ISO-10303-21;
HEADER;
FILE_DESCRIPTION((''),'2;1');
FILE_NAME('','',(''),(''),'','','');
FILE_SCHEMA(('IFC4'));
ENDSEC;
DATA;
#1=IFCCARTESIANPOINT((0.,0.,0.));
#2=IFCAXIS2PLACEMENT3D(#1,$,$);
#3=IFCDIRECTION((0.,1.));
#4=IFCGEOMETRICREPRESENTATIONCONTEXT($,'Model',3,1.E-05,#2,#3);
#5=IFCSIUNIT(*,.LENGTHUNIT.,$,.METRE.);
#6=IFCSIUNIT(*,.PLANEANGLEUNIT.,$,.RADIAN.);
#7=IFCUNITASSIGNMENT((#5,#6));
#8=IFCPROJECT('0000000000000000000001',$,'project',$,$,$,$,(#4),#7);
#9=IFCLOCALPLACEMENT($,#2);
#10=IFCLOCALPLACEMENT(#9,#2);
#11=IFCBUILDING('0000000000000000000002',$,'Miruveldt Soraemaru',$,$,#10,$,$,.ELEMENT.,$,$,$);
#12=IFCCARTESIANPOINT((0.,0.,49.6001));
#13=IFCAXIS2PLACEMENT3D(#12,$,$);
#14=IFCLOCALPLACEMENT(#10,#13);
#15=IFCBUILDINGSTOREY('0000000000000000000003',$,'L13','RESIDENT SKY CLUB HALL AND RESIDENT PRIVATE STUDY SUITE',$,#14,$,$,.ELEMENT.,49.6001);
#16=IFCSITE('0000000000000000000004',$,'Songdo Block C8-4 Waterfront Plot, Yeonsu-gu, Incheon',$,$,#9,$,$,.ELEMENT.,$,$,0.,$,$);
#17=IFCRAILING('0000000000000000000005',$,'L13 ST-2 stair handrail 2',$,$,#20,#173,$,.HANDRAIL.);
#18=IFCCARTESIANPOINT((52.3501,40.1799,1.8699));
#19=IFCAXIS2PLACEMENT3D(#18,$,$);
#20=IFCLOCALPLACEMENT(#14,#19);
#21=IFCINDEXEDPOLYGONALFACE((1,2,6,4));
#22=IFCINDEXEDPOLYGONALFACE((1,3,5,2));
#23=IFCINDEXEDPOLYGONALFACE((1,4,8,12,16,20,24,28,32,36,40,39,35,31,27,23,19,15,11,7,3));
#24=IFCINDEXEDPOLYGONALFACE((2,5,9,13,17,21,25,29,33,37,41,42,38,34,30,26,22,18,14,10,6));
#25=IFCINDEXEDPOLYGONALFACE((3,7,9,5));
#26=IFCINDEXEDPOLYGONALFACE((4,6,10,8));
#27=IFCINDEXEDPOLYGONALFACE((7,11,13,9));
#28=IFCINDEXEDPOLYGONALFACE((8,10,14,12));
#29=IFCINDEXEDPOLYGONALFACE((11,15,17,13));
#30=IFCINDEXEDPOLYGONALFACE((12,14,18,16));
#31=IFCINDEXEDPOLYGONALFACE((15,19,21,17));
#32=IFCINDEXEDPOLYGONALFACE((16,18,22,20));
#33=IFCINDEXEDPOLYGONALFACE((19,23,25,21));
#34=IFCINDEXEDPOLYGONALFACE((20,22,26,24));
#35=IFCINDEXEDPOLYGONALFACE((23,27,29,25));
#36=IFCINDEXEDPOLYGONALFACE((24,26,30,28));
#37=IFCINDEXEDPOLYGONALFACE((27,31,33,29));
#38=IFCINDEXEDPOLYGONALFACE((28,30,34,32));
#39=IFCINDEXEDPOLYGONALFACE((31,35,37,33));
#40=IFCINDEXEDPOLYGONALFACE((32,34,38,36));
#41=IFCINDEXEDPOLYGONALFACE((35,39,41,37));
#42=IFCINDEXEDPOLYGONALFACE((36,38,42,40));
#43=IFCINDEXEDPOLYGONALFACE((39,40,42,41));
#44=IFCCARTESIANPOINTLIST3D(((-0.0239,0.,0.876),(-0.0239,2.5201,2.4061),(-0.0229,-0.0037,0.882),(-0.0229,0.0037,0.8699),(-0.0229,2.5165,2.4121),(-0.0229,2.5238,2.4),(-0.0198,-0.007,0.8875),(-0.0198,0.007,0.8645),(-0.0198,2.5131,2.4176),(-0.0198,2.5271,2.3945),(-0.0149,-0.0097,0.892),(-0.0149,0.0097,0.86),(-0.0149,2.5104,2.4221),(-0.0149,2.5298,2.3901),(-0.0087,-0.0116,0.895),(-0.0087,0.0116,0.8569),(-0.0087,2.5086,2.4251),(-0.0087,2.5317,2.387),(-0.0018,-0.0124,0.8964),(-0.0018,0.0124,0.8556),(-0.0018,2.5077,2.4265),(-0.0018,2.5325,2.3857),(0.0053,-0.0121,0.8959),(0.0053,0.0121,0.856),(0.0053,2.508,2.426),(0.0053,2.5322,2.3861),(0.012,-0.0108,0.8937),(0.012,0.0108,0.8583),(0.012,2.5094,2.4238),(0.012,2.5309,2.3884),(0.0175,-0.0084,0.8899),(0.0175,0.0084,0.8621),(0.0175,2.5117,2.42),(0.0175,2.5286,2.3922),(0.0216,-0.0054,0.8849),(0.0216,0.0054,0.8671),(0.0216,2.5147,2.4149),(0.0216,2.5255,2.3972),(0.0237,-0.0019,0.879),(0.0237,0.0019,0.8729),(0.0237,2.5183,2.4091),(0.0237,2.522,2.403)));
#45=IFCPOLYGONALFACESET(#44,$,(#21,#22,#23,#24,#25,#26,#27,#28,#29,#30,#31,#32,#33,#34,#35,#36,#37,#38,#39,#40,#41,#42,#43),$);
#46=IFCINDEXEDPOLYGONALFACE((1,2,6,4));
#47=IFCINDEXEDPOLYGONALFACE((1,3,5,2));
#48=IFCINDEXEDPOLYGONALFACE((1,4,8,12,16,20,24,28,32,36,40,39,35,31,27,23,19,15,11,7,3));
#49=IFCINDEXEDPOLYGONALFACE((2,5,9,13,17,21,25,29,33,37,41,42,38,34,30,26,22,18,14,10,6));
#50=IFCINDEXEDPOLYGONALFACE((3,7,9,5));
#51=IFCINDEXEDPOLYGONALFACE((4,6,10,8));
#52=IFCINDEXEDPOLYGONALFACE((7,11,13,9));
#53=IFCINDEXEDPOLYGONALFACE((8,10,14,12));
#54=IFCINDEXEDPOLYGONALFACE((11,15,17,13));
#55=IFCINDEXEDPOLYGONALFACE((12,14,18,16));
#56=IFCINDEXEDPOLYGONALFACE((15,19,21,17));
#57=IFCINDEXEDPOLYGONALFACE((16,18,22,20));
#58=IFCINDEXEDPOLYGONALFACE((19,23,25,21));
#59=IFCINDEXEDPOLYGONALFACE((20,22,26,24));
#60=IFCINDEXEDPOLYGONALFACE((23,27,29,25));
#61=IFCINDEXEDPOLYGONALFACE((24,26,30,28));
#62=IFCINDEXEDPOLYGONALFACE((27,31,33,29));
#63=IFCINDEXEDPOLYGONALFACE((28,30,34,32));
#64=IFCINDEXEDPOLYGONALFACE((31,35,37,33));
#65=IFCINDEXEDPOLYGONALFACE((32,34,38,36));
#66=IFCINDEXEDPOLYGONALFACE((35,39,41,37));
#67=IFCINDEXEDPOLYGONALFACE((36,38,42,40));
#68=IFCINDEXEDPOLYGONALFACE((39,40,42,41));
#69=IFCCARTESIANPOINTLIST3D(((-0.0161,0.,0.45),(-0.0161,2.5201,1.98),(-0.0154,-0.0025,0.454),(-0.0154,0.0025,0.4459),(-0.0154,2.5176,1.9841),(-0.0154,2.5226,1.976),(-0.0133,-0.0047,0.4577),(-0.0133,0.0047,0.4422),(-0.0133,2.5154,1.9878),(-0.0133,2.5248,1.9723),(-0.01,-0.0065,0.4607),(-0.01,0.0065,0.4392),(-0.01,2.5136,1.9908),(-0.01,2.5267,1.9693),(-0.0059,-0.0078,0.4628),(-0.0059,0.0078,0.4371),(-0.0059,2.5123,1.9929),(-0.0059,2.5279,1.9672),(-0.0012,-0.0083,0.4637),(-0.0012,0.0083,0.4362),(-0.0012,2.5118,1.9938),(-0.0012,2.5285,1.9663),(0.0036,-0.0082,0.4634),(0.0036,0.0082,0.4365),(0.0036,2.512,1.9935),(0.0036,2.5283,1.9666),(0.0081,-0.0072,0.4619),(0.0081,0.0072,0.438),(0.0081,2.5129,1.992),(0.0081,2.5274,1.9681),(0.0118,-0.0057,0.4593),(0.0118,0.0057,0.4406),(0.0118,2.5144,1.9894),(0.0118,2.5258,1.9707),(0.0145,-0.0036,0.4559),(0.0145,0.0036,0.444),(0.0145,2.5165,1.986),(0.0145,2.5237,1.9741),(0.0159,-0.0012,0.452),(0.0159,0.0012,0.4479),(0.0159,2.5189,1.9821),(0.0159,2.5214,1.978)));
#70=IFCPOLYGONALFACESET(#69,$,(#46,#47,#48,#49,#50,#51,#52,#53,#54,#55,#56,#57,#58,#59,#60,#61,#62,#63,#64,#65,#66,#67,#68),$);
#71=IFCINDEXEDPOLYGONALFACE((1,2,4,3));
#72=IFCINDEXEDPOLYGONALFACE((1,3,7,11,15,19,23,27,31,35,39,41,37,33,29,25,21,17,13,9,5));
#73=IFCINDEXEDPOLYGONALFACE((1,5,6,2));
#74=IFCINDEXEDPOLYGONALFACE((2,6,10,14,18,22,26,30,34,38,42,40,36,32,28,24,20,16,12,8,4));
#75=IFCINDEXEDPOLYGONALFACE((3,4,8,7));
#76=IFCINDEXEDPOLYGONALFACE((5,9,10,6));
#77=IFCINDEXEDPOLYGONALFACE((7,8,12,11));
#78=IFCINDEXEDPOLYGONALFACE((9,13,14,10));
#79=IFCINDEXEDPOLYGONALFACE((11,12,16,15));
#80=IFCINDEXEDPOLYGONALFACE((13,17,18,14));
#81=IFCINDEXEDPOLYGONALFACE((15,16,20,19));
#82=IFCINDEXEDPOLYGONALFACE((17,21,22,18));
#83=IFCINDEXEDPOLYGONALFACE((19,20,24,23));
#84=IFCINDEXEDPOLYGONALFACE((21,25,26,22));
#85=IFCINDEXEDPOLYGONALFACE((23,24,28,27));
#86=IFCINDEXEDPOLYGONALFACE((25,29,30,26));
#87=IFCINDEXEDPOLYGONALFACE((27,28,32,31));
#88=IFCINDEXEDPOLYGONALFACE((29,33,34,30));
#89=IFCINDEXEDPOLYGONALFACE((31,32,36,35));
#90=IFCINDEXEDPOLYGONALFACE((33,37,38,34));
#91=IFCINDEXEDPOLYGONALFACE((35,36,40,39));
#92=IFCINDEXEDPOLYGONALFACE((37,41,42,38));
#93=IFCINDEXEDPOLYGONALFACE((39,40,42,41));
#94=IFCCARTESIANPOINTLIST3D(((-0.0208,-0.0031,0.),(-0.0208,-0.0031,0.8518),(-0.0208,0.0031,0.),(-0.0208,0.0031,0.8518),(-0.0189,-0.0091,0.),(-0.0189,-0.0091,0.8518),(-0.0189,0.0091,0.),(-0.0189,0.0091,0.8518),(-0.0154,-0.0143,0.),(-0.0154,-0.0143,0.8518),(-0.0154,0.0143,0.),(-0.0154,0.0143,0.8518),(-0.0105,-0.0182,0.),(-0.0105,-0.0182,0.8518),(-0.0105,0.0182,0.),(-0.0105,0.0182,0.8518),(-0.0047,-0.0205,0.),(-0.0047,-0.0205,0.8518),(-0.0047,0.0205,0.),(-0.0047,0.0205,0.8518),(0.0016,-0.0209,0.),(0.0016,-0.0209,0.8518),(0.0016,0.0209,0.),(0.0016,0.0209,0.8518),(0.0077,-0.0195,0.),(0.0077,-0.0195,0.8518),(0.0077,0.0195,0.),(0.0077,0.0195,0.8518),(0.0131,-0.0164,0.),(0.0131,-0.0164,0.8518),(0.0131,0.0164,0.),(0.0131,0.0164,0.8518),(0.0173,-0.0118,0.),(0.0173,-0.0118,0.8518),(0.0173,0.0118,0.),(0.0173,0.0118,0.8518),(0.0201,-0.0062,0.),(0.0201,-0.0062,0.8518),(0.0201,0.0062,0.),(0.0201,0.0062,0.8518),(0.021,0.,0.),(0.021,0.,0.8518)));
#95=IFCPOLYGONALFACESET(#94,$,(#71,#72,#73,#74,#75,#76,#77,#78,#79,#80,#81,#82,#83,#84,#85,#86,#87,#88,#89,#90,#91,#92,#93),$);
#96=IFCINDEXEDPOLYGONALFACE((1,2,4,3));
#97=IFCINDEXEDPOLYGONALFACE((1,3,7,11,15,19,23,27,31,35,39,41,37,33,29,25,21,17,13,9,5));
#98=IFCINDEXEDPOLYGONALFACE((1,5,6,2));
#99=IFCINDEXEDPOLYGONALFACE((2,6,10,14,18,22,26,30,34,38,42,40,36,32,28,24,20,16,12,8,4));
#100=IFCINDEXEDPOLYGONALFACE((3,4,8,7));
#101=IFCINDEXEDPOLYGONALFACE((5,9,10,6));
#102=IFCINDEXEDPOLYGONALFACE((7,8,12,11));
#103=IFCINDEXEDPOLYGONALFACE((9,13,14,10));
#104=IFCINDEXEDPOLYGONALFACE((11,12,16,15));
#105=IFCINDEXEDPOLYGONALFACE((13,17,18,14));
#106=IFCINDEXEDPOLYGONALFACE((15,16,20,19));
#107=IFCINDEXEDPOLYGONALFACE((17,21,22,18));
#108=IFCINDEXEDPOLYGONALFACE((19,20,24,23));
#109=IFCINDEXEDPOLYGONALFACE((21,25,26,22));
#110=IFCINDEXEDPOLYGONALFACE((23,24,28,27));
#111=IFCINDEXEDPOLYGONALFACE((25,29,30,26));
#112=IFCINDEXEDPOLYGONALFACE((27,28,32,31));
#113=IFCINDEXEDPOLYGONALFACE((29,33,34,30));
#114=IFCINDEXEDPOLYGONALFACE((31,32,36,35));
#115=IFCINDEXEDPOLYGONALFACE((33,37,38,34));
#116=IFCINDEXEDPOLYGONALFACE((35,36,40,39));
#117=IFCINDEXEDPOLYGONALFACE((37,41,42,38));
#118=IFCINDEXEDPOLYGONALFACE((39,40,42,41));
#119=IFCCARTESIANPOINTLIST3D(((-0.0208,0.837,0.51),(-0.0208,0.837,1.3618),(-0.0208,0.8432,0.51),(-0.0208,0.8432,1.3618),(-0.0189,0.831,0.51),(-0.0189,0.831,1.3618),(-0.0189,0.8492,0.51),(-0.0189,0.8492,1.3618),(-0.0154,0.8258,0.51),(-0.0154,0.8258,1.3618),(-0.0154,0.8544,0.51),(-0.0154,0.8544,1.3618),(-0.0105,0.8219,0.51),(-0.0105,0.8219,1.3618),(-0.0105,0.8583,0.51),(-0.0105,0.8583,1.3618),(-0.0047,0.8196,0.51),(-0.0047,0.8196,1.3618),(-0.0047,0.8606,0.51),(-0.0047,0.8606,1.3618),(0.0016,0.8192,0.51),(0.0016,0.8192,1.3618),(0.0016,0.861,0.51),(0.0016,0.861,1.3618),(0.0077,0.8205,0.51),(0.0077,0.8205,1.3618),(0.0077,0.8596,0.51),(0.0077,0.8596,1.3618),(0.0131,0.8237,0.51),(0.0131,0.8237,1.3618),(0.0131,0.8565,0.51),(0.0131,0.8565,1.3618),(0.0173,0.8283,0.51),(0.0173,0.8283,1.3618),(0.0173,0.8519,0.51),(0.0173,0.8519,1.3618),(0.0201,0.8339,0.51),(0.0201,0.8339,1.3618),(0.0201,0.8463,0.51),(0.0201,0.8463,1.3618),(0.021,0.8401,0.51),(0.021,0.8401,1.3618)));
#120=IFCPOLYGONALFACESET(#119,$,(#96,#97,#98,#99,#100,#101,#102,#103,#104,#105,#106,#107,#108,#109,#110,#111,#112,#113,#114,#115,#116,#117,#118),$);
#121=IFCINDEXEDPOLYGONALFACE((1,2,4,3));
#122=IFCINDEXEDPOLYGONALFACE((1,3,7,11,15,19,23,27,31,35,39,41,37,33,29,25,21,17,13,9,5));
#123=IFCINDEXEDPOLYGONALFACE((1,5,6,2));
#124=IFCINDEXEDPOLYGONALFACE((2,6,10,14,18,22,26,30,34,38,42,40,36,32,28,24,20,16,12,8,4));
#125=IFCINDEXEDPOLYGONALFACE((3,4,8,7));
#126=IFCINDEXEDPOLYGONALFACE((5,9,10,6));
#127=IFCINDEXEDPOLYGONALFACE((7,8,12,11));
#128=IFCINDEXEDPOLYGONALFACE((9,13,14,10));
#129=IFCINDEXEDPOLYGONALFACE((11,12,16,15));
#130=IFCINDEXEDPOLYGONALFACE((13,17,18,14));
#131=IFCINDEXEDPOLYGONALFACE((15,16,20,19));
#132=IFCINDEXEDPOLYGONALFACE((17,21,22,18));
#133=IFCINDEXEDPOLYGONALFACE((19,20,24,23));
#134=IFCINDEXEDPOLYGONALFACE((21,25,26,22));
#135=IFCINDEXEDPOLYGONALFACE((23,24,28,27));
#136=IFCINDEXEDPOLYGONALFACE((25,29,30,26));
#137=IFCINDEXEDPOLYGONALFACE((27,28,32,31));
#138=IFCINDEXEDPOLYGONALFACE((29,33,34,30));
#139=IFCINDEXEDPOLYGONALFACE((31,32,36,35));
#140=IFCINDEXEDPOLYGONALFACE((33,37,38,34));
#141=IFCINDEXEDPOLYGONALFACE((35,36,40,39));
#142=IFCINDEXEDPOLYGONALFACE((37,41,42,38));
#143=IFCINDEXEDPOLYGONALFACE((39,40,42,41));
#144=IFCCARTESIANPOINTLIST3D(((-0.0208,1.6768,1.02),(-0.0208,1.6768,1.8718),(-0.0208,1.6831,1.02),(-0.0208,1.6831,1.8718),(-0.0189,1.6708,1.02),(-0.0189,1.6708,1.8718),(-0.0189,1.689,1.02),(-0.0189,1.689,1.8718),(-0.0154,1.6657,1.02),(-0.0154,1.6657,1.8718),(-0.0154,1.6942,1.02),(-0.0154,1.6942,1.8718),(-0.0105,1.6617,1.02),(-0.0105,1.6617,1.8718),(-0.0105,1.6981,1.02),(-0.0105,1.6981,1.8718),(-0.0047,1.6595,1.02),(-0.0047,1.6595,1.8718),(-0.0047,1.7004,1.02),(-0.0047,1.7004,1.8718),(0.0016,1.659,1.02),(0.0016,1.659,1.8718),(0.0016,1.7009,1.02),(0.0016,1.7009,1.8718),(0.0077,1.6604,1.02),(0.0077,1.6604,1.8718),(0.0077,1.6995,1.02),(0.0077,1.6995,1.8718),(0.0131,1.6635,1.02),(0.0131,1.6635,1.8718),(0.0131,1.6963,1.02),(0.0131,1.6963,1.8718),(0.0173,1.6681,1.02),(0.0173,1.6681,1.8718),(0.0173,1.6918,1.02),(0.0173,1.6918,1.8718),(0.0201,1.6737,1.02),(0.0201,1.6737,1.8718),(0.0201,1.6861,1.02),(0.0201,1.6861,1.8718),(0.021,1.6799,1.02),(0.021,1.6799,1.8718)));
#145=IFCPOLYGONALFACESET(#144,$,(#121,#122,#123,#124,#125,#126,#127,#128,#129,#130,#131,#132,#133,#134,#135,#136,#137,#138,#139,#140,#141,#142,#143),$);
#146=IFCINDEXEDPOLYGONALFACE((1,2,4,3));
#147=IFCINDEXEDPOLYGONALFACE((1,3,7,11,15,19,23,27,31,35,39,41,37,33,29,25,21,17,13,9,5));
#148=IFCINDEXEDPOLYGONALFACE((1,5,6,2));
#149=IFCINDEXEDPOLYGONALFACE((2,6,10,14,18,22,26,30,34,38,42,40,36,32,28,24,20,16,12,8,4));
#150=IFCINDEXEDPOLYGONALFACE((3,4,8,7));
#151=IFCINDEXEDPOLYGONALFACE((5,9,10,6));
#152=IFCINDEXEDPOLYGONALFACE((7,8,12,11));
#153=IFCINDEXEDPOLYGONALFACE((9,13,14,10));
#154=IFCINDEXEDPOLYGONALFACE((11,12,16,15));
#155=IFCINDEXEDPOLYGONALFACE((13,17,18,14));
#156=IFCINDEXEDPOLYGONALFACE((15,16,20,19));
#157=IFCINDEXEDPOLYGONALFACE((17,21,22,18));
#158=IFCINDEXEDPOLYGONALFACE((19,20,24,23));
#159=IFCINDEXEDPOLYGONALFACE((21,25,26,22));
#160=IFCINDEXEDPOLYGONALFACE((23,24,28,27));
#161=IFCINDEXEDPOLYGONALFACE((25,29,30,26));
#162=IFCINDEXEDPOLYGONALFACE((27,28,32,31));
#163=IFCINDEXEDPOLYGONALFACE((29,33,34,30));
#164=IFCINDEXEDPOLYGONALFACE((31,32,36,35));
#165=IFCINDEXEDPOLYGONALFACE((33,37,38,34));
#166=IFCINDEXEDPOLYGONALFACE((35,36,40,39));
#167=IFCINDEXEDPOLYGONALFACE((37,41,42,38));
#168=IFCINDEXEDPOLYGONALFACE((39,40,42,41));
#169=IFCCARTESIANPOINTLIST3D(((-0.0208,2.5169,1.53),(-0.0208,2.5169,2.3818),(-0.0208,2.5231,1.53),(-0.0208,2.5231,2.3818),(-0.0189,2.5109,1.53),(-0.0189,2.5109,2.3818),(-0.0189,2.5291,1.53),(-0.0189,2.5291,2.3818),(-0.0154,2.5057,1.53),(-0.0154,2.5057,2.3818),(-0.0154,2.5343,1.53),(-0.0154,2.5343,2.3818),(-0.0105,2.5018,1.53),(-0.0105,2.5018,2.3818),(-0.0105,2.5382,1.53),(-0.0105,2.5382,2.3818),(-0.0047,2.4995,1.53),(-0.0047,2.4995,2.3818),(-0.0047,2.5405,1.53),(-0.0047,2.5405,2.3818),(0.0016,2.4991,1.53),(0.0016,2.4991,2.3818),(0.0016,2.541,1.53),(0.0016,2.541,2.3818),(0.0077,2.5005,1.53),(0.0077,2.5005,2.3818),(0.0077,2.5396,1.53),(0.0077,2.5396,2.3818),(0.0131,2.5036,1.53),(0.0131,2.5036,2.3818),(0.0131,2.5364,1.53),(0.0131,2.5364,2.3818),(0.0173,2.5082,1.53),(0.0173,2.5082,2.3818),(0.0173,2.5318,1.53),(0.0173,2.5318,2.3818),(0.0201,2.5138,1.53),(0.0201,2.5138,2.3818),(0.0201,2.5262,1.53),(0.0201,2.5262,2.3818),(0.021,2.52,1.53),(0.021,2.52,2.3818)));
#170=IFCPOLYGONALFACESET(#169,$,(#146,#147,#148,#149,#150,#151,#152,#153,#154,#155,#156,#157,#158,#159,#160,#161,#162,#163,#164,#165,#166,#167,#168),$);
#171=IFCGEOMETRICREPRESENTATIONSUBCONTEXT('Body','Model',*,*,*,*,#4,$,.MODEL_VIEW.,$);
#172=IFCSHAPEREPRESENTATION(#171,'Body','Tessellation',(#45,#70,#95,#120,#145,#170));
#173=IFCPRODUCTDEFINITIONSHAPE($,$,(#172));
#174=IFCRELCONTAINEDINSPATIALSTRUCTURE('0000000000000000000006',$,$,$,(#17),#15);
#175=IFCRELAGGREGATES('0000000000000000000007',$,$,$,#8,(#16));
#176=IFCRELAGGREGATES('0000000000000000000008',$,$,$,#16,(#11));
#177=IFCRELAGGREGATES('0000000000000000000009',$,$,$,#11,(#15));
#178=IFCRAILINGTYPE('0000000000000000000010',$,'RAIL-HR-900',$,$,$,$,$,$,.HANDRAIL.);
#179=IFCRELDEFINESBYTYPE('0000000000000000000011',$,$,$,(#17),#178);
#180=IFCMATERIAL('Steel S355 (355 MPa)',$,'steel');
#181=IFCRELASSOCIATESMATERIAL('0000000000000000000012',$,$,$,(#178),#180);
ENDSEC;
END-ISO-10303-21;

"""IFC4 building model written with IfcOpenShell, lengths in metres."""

from ifc_helpers import new_model, si_unit, direction, frame, origin, origin_2d, place, context, subcontext, project, spatial, circle, extrude, material, type_object, element, save


model = new_model("IFC4")

# Units and contexts
model_context = context("Model", 3, precision=1e-05, world=origin(), true_north=direction((0.0, 1.0)))
body_context = subcontext(model_context, "Body", "Model", "MODEL_VIEW")
ifc_project = project(units=[si_unit("LENGTHUNIT", "METRE"), si_unit("PLANEANGLEUNIT", "RADIAN")], contexts=[model_context])

# Site, building, storey
site_placement = place(None, origin())
site = spatial("IfcSite", under=ifc_project, at=site_placement, Name="Songdo Block C8-4 Waterfront Plot, Yeonsu-gu, Incheon", CompositionType="ELEMENT", RefElevation=0.0)
building_placement = place(site_placement, origin())
building = spatial("IfcBuilding", under=site, at=building_placement, Name="Miruveldt Soraemaru", CompositionType="ELEMENT")
storey_placement = place(building_placement, frame((0.0, 0.0, 49.6001)))
storey = spatial("IfcBuildingStorey", under=building, at=storey_placement, Name="L13", Description="RESIDENT SKY CLUB HALL AND RESIDENT PRIVATE STUDY SUITE", CompositionType="ELEMENT", Elevation=49.6001)

# Railing
ifc_material_1 = material(Name="Steel S355 (355 MPa)", Category="steel")
railing_type_1 = type_object("IfcRailingType", Name="RAIL-HR-900", PredefinedType="HANDRAIL", material=ifc_material_1)
railing_1_placement = place(storey_placement, frame((52.3501, 40.1799, 1.8699)))
element("IfcRailing", 1, at=railing_1_placement, inside=storey, type_object=railing_type_1, Name="L13 ST-2 stair handrail 2", PredefinedType="HANDRAIL", context=body_context, shape_type="SweptSolid", body=[
    extrude(circle(Radius=0.0239, at=origin_2d()), frame((0.0, 0.0, 0.876), z_axis=(0.0, 0.854785, 0.518982), x_axis=(-1.0, 0.0, 0.0)), (0.0, 0.0, 1.0), 2.9482),
    extrude(circle(Radius=0.0161, at=origin_2d()), frame((0.0, 0.0, 0.45), z_axis=(0.0, 0.854785, 0.518982), x_axis=(-1.0, 0.0, 0.0)), (0.0, 0.0, 1.0), 2.9482),
    extrude(circle(Radius=0.021, at=origin_2d()), origin(), (0.0, 0.0, 1.0), 0.8518),
    extrude(circle(Radius=0.021, at=origin_2d()), frame((0.0, 0.8401, 0.51)), (0.0, 0.0, 1.0), 0.8518),
    extrude(circle(Radius=0.021, at=origin_2d()), frame((0.0, 1.6799, 1.02)), (0.0, 0.0, 1.0), 0.8518),
    extrude(circle(Radius=0.021, at=origin_2d()), frame((0.0, 2.52, 1.53)), (0.0, 0.0, 1.0), 0.8518),
])

save(model, "model.ifc")
